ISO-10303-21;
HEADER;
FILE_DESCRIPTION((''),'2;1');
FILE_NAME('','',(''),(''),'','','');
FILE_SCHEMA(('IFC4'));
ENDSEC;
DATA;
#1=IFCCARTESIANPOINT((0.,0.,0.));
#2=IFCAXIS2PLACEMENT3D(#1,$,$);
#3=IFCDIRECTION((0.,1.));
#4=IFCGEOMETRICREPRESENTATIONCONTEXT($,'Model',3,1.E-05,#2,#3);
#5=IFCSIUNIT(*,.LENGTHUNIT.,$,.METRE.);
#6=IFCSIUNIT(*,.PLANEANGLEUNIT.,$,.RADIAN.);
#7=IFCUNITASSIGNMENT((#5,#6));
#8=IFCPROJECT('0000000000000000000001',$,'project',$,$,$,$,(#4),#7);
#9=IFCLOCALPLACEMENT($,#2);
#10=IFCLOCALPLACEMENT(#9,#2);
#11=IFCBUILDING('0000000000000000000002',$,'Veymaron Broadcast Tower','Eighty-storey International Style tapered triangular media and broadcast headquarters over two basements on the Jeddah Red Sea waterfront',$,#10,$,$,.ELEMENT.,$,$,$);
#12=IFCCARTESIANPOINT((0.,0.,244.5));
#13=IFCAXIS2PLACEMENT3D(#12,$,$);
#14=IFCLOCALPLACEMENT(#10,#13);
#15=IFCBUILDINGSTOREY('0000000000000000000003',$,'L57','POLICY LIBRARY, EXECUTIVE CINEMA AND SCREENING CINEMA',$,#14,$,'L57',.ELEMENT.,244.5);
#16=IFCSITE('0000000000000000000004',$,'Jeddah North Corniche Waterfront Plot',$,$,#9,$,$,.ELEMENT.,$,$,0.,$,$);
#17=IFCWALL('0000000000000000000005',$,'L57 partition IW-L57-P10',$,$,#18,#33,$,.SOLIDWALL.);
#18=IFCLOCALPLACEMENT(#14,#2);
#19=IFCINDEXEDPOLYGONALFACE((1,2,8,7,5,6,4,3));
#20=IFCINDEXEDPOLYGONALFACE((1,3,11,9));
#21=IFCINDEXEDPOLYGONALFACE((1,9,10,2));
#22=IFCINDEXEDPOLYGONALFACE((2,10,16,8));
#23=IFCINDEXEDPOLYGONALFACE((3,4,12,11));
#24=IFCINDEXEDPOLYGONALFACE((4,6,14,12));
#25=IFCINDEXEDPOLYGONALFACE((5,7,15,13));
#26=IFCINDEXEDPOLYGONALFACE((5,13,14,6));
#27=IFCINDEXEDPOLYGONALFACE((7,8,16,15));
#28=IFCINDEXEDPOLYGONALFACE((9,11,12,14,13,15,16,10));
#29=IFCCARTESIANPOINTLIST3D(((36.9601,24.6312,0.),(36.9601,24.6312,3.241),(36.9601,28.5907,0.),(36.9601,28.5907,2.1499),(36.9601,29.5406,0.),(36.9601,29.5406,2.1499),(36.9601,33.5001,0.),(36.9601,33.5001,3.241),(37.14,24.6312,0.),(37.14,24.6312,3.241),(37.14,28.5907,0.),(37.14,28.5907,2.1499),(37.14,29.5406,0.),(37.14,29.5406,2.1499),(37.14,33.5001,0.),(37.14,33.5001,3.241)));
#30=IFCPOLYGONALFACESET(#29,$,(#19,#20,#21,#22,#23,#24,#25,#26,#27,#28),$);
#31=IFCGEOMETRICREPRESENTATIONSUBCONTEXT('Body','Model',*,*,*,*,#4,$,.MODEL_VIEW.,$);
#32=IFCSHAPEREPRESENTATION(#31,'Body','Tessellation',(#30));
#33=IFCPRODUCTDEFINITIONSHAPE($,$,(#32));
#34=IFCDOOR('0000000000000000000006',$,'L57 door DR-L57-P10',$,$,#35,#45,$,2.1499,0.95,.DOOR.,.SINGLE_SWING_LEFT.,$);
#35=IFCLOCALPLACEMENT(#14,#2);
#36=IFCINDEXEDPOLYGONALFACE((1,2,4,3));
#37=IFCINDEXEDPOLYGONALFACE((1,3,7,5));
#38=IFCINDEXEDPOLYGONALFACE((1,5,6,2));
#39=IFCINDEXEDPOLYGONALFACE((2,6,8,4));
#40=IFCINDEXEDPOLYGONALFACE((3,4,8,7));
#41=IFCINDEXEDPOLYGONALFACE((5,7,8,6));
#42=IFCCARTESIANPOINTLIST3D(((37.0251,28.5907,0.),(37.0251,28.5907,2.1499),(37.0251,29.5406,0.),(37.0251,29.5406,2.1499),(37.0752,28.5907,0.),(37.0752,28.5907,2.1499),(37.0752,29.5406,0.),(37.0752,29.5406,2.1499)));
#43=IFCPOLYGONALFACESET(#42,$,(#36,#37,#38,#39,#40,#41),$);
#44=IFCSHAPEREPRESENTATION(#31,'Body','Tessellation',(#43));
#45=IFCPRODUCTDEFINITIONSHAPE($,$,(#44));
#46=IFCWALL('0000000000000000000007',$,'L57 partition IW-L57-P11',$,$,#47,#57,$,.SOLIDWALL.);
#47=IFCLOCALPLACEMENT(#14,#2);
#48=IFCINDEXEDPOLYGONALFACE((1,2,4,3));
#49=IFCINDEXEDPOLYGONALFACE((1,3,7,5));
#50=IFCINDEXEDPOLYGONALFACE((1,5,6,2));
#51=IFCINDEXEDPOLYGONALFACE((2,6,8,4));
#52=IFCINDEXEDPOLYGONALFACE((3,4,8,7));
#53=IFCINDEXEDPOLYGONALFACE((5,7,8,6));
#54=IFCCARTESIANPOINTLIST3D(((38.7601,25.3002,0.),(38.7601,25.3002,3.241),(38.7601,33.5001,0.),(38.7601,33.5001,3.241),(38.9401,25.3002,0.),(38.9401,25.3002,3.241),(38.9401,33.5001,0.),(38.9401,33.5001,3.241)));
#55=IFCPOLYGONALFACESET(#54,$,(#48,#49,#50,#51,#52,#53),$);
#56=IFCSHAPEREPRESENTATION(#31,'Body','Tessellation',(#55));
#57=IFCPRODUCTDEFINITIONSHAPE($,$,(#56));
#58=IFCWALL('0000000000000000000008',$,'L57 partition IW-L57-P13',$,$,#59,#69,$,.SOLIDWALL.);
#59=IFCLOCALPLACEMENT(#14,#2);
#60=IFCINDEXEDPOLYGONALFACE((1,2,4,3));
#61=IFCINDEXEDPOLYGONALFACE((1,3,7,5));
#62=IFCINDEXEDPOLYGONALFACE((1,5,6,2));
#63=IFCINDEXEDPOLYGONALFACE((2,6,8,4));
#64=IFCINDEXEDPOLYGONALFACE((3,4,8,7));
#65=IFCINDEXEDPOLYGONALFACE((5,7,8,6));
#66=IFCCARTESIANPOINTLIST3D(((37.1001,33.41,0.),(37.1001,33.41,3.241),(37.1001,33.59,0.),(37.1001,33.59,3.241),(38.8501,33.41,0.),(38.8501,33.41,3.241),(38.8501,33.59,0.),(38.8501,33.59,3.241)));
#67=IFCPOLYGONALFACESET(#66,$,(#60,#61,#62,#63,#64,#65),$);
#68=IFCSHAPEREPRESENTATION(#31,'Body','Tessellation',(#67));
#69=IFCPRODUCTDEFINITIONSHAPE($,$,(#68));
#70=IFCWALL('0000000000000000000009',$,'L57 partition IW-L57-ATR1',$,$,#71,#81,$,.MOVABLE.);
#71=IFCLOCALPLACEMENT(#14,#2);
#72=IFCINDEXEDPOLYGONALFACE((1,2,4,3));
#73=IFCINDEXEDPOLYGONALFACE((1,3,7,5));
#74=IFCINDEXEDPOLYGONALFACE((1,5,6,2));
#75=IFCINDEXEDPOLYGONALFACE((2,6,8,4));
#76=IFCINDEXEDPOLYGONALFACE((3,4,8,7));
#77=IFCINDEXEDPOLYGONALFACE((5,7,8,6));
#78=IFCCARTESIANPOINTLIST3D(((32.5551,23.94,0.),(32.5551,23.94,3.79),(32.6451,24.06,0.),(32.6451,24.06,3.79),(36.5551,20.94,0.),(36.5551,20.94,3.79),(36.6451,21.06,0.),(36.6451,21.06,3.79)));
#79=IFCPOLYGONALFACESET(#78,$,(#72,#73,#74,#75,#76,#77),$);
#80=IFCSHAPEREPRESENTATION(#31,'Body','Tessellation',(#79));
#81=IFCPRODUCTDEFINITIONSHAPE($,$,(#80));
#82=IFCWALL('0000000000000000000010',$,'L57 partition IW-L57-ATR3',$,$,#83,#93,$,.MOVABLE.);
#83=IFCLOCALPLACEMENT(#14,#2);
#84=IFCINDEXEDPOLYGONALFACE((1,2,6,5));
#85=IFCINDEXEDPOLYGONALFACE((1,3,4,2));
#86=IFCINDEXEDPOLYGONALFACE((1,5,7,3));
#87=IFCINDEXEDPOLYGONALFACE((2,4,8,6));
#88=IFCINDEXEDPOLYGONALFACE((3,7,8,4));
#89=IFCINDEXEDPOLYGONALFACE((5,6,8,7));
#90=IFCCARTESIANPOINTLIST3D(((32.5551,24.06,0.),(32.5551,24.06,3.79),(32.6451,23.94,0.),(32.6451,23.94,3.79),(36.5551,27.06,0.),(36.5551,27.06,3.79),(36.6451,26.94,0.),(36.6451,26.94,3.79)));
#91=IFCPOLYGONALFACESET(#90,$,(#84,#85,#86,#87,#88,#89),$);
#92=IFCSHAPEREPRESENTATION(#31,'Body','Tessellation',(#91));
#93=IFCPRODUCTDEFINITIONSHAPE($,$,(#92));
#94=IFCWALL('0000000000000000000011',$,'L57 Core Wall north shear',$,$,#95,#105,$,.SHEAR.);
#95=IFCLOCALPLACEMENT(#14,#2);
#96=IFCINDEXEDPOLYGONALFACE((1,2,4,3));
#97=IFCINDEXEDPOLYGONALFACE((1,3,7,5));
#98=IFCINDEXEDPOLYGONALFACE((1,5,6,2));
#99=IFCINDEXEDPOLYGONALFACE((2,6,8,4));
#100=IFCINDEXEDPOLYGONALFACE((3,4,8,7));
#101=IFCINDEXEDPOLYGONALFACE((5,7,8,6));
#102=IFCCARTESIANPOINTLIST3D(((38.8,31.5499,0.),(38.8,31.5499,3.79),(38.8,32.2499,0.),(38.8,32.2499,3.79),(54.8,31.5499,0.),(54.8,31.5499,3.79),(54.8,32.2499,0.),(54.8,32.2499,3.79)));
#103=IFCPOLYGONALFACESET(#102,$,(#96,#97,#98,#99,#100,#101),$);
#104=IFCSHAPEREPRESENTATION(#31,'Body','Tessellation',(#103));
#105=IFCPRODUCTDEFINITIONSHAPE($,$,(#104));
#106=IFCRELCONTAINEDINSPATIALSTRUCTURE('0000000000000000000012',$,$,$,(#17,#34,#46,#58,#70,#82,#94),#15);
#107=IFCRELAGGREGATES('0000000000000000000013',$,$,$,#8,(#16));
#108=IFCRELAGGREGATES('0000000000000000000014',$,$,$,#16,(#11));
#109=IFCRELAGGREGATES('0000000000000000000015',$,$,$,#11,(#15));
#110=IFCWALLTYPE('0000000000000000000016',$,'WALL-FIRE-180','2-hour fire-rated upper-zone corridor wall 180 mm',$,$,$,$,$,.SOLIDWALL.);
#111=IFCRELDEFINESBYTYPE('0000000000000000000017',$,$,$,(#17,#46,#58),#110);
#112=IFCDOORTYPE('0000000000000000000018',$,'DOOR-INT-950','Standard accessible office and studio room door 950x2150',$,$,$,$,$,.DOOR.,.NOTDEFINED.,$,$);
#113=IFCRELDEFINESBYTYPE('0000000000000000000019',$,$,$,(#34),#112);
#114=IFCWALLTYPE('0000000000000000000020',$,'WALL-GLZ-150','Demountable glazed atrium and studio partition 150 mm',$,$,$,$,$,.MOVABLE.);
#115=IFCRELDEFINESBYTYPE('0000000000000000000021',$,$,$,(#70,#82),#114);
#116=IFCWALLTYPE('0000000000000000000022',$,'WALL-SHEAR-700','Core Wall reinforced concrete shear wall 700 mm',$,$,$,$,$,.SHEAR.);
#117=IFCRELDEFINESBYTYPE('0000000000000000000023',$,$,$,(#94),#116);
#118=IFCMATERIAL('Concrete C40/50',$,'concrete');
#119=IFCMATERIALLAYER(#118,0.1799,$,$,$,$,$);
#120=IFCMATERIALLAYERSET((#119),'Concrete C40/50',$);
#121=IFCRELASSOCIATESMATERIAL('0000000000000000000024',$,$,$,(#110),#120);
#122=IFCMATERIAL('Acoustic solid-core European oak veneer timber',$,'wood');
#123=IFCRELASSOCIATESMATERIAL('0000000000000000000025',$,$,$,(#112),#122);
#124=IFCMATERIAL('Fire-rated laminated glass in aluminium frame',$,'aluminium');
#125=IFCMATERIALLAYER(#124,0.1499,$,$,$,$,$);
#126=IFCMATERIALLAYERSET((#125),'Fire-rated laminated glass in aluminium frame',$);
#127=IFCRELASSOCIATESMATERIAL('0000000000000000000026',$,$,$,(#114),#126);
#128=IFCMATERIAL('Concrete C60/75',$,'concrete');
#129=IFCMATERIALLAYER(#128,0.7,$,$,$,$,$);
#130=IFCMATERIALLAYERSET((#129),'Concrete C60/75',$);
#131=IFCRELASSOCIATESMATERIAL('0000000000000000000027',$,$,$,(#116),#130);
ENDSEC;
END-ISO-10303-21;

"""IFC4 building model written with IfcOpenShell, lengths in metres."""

from ifc_helpers import new_model, si_unit, direction, frame, frame_2d, origin, place, context, subcontext, project, spatial, rectangle, extrude, material, layer, layer_set, type_object, element, fill, save


model = new_model("IFC4")

# Units and contexts
model_context = context("Model", 3, precision=1e-05, world=origin(), true_north=direction((0.0, 1.0)))
body_context = subcontext(model_context, "Body", "Model", "MODEL_VIEW")
ifc_project = project(units=[si_unit("LENGTHUNIT", "METRE"), si_unit("PLANEANGLEUNIT", "RADIAN")], contexts=[model_context])

# Site, building, storey
site_placement = place(None, origin())
site = spatial("IfcSite", under=ifc_project, at=site_placement, Name="Jeddah North Corniche Waterfront Plot", CompositionType="ELEMENT", RefElevation=0.0)
building_placement = place(site_placement, origin())
building = spatial("IfcBuilding", under=site, at=building_placement, Name="Veymaron Broadcast Tower", Description="Eighty-storey International Style tapered triangular media and broadcast headquarters over two basements on the Jeddah Red Sea waterfront", CompositionType="ELEMENT")
storey_placement = place(building_placement, frame((0.0, 0.0, 244.5)))
storey = spatial("IfcBuildingStorey", under=building, at=storey_placement, Name="L57", Description="POLICY LIBRARY, EXECUTIVE CINEMA AND SCREENING CINEMA", LongName="L57", CompositionType="ELEMENT", Elevation=244.5)

# Wall, opening, door
ifc_material_1 = material(Name="Concrete C40/50", Category="concrete")
ifc_layer_1 = layer(ifc_material_1, 0.1799)
ifc_layer_set_1 = layer_set([ifc_layer_1], Name="Concrete C40/50")
wall_type_1 = type_object("IfcWallType", Name="WALL-FIRE-180", Description="2-hour fire-rated upper-zone corridor wall 180 mm", PredefinedType="SOLIDWALL", material=ifc_layer_set_1)
wall_1_placement = place(storey_placement, frame((37.05, 24.6311, 0.0), z_axis=(0.0, 0.0, 1.0), x_axis=(0.0, 1.0, 0.0)))
wall_1 = element("IfcWall", 1, at=wall_1_placement, inside=storey, type_object=wall_type_1, Name="L57 partition IW-L57-P10", PredefinedType="SOLIDWALL", context=body_context, shape_type="SweptSolid", body=[
    extrude(rectangle(XDim=8.8689, YDim=0.1799, at=frame_2d((4.4346, 0.0))), origin(), (0.0, 0.0, 1.0), 3.241),
])
opening_placement = place(wall_1_placement, frame((3.9595, 0.0, 0.0)))
opening = element("IfcOpeningElement", 2, at=opening_placement, cuts=wall_1, PredefinedType="OPENING", context=body_context, shape_type="SweptSolid", body=[
    extrude(rectangle(XDim=0.95, YDim=2.1499, at=frame_2d((0.4751, 1.075))), frame((0.0, 0.1001, 0.0), z_axis=(0.0, -1.0, 0.0), x_axis=(1.0, 0.0, 0.0)), (0.0, 0.0, 1.0), 0.2),
])
ifc_material_2 = material(Name="Acoustic solid-core European oak veneer timber", Category="wood")
door_type = type_object("IfcDoorType", Name="DOOR-INT-950", Description="Standard accessible office and studio room door 950x2150", OperationType="NOTDEFINED", PredefinedType="DOOR", material=ifc_material_2)
door_placement = place(opening_placement, origin())
door = element("IfcDoor", 3, at=door_placement, inside=storey, type_object=door_type, Name="L57 door DR-L57-P10", OperationType="SINGLE_SWING_LEFT", OverallHeight=2.1499, OverallWidth=0.95, PredefinedType="DOOR", context=body_context, shape_type="SweptSolid", body=[
    extrude(rectangle(XDim=0.95, YDim=2.1499, at=frame_2d((0.4751, 1.075))), frame((0.0, 0.0249, 0.0), z_axis=(0.0, -1.0, 0.0), x_axis=(1.0, 0.0, 0.0)), (0.0, 0.0, 1.0), 0.05),
])
fill(opening, door)

# Walls
wall_2_placement = place(storey_placement, frame((38.8501, 25.3, 0.0), z_axis=(0.0, 0.0, 1.0), x_axis=(0.0, 1.0, 0.0)))
element("IfcWall", 4, at=wall_2_placement, inside=storey, type_object=wall_type_1, Name="L57 partition IW-L57-P11", PredefinedType="SOLIDWALL", context=body_context, shape_type="SweptSolid", body=[
    extrude(rectangle(XDim=8.2, YDim=0.1799, at=frame_2d((4.1001, 0.0))), origin(), (0.0, 0.0, 1.0), 3.241),
])
wall_3_placement = place(storey_placement, frame((37.1001, 33.5, 0.0), z_axis=(0.0, 0.0, 1.0), x_axis=(1.0, 0.0, 0.0)))
element("IfcWall", 5, at=wall_3_placement, inside=storey, type_object=wall_type_1, Name="L57 partition IW-L57-P13", PredefinedType="SOLIDWALL", context=body_context, shape_type="SweptSolid", body=[
    extrude(rectangle(XDim=1.75, YDim=0.1799, at=frame_2d((0.875, 0.0))), origin(), (0.0, 0.0, 1.0), 3.241),
])
ifc_material_3 = material(Name="Fire-rated laminated glass in aluminium frame", Category="aluminium")
ifc_layer_2 = layer(ifc_material_3, 0.1499)
ifc_layer_set_2 = layer_set([ifc_layer_2], Name="Fire-rated laminated glass in aluminium frame")
wall_type_2 = type_object("IfcWallType", Name="WALL-GLZ-150", Description="Demountable glazed atrium and studio partition 150 mm", PredefinedType="MOVABLE", material=ifc_layer_set_2)
for number, where, z_axis, x_axis, name in (
    (6, (32.6001, 24.0, 0.0), (0.0, 0.0, 1.0), (0.8, -0.6, 0.0), "L57 partition IW-L57-ATR1"),
    (7, (36.6001, 27.0, 0.0), (0.0, 0.0, 1.0), (-0.8, -0.6, 0.0), "L57 partition IW-L57-ATR3"),
):
    element("IfcWall", number, at=place(storey_placement, frame(where, z_axis=z_axis, x_axis=x_axis)), inside=storey, type_object=wall_type_2, Name=name, PredefinedType="MOVABLE", context=body_context, shape_type="SweptSolid", body=[
        extrude(rectangle(XDim=5.0, YDim=0.1499, at=frame_2d((2.5, 0.0))), origin(), (0.0, 0.0, 1.0), 3.79),
    ])
ifc_material_4 = material(Name="Concrete C60/75", Category="concrete")
ifc_layer_3 = layer(ifc_material_4, 0.7)
ifc_layer_set_3 = layer_set([ifc_layer_3], Name="Concrete C60/75")
wall_type_3 = type_object("IfcWallType", Name="WALL-SHEAR-700", Description="Core Wall reinforced concrete shear wall 700 mm", PredefinedType="SHEAR", material=ifc_layer_set_3)
wall_4_placement = place(storey_placement, frame((38.8, 31.8999, 0.0), z_axis=(0.0, 0.0, 1.0), x_axis=(1.0, 0.0, 0.0)))
element("IfcWall", 8, at=wall_4_placement, inside=storey, type_object=wall_type_3, Name="L57 Core Wall north shear", PredefinedType="SHEAR", context=body_context, shape_type="SweptSolid", body=[
    extrude(rectangle(XDim=16.0, YDim=0.7, at=frame_2d((8.0, 0.0))), origin(), (0.0, 0.0, 1.0), 3.79),
])

save(model, "model.ifc")
